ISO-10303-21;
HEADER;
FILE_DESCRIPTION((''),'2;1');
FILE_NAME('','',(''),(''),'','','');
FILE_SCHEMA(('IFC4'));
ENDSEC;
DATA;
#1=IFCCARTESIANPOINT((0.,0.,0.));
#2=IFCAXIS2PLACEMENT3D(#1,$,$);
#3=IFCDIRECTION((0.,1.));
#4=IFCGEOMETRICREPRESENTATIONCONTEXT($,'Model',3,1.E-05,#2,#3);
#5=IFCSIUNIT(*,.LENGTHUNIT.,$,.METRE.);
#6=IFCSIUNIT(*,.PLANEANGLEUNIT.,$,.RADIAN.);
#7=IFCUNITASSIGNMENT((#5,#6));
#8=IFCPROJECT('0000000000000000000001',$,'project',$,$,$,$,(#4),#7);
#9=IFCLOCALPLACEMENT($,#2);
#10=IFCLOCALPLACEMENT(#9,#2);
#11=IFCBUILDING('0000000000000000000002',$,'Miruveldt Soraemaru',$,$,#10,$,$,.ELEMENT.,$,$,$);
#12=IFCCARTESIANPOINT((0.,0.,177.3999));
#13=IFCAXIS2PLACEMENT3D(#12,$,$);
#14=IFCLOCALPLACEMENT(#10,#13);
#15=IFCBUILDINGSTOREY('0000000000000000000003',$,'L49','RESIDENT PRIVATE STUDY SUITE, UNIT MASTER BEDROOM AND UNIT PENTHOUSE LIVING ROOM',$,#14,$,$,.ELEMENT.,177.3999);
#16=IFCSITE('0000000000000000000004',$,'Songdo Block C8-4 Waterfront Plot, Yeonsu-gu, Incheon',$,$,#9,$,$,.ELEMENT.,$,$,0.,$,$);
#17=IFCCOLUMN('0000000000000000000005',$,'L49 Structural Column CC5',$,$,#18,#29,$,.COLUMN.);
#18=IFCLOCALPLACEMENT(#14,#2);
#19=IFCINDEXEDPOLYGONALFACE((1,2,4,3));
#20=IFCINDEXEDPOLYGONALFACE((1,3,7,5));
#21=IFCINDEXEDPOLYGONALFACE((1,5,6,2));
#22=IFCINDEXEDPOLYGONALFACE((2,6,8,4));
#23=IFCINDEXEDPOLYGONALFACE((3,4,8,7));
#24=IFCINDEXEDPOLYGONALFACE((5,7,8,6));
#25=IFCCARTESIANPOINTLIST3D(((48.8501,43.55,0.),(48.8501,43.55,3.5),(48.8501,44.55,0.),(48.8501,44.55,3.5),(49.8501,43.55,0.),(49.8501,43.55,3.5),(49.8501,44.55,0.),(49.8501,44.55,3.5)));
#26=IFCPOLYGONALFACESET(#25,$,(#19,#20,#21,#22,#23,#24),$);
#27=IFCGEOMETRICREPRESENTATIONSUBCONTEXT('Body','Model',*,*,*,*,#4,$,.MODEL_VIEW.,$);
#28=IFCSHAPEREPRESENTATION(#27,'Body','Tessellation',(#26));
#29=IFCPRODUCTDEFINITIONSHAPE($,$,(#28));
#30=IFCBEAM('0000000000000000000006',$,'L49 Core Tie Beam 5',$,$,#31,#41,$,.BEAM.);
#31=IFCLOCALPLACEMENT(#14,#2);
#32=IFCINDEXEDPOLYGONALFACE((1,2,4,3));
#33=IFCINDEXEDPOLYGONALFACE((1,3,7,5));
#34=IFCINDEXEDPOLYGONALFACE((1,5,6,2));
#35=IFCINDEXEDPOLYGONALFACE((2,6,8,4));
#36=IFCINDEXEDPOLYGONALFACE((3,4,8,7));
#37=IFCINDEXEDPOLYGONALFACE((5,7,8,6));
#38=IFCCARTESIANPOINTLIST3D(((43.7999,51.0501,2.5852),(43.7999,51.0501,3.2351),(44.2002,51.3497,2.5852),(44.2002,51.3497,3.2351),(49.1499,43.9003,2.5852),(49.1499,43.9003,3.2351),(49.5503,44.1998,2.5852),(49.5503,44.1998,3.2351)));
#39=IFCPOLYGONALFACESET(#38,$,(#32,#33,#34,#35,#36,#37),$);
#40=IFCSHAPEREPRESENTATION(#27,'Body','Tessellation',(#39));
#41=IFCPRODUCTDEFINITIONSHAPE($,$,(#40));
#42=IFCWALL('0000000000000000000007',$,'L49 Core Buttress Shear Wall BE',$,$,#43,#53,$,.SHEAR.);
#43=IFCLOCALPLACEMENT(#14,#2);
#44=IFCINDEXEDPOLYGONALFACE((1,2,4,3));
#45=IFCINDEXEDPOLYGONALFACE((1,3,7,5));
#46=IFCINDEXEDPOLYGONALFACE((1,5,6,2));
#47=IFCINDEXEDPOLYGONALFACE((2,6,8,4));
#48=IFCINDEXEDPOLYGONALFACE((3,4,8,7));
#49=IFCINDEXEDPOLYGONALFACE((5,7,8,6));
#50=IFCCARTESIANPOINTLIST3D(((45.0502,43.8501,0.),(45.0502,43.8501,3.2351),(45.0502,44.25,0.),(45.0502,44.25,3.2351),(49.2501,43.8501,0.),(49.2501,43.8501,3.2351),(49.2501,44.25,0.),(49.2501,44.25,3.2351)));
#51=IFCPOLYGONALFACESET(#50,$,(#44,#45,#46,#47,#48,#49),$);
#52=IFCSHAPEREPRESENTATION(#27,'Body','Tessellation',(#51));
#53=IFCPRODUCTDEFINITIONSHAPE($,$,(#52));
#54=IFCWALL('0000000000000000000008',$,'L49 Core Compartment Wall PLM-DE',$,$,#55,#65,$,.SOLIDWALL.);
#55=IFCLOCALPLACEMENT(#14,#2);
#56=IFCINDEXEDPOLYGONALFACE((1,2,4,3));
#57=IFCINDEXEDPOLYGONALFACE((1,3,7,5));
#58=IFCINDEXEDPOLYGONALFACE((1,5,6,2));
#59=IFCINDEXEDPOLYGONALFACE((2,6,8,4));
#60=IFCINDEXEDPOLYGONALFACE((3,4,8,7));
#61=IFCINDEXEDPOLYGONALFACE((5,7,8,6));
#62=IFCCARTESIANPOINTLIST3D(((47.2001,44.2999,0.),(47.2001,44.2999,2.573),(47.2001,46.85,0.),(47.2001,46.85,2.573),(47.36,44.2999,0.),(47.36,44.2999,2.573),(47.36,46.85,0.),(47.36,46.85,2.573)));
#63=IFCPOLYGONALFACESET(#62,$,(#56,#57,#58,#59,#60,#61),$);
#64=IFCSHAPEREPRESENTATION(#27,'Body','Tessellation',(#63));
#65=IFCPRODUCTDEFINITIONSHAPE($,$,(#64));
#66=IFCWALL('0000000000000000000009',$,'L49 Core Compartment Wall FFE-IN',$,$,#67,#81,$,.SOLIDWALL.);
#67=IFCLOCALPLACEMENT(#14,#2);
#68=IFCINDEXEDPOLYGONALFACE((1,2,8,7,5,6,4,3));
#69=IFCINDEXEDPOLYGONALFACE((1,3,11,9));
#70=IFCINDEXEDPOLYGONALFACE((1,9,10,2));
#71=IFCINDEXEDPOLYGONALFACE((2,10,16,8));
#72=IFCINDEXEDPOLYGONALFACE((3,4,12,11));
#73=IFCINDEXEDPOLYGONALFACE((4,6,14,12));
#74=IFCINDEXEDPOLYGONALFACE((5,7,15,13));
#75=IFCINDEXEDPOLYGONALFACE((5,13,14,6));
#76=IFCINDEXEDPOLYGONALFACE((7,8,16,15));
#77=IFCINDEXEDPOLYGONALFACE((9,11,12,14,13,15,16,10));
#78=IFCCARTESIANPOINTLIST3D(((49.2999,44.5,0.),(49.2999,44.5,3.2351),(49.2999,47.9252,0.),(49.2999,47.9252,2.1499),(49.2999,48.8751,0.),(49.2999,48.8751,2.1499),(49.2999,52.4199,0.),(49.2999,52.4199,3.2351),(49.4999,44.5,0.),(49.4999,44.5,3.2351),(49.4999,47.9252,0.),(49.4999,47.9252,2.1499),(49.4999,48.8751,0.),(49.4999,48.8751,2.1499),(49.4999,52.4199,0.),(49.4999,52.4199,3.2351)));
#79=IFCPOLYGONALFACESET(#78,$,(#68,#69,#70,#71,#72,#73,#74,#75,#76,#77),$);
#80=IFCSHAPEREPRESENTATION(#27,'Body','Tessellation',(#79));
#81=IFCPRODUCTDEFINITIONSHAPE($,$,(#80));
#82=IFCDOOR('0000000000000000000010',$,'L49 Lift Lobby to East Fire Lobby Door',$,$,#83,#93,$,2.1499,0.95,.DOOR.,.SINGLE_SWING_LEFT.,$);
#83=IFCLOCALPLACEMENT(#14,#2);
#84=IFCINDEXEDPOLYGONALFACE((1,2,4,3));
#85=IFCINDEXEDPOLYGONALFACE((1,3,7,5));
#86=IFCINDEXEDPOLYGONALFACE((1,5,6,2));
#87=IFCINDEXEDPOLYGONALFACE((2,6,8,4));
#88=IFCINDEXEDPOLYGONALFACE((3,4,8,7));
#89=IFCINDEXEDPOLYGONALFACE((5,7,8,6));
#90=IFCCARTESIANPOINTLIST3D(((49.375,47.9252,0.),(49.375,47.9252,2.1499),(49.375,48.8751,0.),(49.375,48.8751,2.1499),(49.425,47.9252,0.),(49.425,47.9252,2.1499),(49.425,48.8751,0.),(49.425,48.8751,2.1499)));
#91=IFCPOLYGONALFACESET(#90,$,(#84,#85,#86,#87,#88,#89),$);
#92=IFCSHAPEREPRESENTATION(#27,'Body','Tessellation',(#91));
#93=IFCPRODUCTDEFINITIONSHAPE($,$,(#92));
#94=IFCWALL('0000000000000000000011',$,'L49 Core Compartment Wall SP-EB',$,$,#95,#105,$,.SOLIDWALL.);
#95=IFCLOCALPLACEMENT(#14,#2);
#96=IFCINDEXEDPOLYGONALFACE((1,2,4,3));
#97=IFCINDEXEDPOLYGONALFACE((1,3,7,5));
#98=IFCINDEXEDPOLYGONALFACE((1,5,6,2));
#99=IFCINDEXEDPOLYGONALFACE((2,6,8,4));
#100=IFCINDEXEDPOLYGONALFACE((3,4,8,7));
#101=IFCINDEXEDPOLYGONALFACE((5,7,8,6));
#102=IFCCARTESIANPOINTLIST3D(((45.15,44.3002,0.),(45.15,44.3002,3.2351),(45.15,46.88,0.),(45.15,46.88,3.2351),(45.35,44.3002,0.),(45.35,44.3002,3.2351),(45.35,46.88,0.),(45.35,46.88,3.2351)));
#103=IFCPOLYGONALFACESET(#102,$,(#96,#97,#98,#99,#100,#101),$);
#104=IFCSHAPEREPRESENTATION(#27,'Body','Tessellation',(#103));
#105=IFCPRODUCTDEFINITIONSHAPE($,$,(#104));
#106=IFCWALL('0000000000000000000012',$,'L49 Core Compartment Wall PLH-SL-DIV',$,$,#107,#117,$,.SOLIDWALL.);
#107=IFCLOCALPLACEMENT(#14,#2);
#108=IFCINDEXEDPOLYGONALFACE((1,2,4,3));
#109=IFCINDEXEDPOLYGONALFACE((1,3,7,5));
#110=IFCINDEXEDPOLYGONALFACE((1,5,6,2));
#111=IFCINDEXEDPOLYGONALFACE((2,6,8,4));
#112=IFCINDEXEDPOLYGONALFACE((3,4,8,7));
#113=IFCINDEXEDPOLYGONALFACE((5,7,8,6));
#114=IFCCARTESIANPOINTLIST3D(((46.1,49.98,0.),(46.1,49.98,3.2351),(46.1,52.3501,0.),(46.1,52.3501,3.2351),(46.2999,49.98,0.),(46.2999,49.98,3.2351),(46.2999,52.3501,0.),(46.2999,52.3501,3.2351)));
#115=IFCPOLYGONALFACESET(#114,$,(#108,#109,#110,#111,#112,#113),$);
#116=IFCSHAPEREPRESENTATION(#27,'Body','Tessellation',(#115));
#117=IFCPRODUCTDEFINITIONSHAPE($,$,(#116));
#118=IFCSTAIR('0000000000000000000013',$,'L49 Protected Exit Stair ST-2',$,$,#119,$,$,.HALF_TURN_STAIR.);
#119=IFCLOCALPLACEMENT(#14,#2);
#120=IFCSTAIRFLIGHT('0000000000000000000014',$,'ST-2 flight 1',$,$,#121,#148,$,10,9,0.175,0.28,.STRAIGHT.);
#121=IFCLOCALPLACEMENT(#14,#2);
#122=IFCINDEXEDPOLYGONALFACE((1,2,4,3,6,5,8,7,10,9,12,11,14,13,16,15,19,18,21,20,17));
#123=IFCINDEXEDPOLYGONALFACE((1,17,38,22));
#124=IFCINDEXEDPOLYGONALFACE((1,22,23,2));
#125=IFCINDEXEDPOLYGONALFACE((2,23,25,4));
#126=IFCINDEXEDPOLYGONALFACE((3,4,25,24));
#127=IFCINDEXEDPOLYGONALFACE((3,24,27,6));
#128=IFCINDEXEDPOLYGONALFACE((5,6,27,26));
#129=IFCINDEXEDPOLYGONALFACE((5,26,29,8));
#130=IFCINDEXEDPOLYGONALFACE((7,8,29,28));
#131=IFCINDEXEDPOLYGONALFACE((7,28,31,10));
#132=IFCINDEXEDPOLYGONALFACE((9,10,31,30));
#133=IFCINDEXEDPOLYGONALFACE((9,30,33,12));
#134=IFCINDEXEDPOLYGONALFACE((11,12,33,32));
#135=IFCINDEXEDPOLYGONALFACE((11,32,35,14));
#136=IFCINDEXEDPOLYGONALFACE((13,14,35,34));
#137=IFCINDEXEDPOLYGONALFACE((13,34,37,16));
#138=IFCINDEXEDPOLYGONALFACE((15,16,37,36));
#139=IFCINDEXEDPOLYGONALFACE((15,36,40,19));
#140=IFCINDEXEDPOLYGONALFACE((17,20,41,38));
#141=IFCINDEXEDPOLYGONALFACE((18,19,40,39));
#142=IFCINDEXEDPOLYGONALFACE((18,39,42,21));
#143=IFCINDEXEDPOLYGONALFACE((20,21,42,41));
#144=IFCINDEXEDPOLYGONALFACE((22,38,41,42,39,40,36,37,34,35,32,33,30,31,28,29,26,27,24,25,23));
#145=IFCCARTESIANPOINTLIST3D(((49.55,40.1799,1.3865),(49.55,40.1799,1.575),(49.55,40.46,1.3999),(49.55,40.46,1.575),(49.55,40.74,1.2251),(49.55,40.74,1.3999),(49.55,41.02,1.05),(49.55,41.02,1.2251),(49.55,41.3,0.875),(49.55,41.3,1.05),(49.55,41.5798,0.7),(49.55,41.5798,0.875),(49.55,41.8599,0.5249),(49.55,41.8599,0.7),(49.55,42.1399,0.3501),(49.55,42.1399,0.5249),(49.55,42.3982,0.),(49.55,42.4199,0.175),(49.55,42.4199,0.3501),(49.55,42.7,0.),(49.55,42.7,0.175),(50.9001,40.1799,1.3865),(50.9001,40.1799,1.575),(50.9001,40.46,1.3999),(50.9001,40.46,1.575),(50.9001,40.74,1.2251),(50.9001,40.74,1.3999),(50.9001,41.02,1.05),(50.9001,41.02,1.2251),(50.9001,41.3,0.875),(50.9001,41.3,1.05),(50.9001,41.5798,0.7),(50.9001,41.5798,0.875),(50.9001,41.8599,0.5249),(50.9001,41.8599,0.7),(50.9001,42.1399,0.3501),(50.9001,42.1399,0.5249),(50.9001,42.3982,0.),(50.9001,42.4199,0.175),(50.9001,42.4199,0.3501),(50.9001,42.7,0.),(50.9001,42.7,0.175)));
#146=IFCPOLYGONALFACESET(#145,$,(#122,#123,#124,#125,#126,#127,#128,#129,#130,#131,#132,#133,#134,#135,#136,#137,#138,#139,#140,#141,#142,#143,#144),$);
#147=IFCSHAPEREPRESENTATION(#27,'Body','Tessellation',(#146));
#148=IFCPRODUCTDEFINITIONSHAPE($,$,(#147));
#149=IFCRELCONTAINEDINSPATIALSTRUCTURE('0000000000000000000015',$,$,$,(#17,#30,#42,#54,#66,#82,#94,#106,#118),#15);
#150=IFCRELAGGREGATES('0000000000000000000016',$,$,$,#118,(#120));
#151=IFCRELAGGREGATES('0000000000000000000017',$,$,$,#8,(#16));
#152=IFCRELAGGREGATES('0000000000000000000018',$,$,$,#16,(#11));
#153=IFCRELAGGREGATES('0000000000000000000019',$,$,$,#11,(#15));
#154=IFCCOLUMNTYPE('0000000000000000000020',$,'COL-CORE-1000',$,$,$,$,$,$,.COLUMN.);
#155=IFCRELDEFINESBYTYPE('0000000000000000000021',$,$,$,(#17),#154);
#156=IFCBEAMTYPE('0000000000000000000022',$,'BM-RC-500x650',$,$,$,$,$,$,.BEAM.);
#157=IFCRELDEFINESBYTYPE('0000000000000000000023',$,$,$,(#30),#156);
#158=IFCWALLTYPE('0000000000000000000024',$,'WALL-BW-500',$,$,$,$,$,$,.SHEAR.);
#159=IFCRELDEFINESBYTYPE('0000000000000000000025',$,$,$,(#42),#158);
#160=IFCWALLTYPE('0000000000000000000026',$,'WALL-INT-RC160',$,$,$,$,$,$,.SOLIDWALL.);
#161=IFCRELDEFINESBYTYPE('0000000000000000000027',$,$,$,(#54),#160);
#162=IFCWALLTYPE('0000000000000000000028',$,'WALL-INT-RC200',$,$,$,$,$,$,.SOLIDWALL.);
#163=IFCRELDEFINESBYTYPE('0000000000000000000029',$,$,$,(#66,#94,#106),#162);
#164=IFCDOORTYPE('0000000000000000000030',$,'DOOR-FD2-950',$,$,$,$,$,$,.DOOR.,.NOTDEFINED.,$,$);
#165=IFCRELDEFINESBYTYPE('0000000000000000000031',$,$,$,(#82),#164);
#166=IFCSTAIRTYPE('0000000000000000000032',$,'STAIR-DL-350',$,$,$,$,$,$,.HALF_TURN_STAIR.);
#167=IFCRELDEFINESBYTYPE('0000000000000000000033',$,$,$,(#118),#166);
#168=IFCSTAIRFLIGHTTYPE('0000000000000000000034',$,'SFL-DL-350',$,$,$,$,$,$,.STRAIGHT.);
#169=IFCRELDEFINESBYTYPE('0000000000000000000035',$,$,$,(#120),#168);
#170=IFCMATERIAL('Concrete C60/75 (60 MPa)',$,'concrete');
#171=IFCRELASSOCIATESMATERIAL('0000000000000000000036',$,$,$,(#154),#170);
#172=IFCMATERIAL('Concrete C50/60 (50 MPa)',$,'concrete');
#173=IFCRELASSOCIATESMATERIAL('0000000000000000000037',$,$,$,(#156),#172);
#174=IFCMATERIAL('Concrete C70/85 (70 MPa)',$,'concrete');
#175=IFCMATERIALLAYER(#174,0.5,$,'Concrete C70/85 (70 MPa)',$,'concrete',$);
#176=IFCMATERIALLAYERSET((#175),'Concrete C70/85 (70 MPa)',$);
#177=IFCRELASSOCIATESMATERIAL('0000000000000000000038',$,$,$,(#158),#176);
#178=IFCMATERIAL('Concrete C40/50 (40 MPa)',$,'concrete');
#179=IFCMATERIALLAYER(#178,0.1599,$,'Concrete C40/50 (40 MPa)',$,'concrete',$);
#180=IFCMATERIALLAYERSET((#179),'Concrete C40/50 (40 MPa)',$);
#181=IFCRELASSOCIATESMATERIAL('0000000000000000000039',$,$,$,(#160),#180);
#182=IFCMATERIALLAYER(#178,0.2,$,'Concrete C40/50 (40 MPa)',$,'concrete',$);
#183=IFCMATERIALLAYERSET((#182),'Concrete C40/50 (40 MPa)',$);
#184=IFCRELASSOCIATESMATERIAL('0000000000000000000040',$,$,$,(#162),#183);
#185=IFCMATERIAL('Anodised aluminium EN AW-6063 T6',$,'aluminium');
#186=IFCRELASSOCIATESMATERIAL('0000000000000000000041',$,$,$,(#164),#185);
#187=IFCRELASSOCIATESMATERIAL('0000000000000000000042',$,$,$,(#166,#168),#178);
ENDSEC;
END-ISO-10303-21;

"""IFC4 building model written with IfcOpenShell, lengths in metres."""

from ifc_helpers import new_model, si_unit, direction, frame, frame_2d, origin, origin_2d, place, context, subcontext, project, spatial, polyline, rectangle, outline, extrude, material, layer, layer_set, material_profile, profile_set, type_object, element, fill, aggregate, save


model = new_model("IFC4")

# Units and contexts
model_context = context("Model", 3, precision=1e-05, world=origin(), true_north=direction((0.0, 1.0)))
body_context = subcontext(model_context, "Body", "Model", "MODEL_VIEW")
ifc_project = project(units=[si_unit("LENGTHUNIT", "METRE"), si_unit("PLANEANGLEUNIT", "RADIAN")], contexts=[model_context])

# Site, building, storey
site_placement = place(None, origin())
site = spatial("IfcSite", under=ifc_project, at=site_placement, Name="Songdo Block C8-4 Waterfront Plot, Yeonsu-gu, Incheon", CompositionType="ELEMENT", RefElevation=0.0)
building_placement = place(site_placement, origin())
building = spatial("IfcBuilding", under=site, at=building_placement, Name="Miruveldt Soraemaru", CompositionType="ELEMENT")
storey_placement = place(building_placement, frame((0.0, 0.0, 177.3999)))
storey = spatial("IfcBuildingStorey", under=building, at=storey_placement, Name="L49", Description="RESIDENT PRIVATE STUDY SUITE, UNIT MASTER BEDROOM AND UNIT PENTHOUSE LIVING ROOM", CompositionType="ELEMENT", Elevation=177.3999)

# Column
ifc_material_1 = material(Name="Concrete C60/75 (60 MPa)", Category="concrete")
ifc_material_profile_1 = material_profile(ifc_material_1, rectangle(XDim=1.0, YDim=1.0, at=origin_2d()), Name="Concrete C60/75 (60 MPa)", Category="concrete")
ifc_profile_set_1 = profile_set([ifc_material_profile_1], Name="Concrete C60/75 (60 MPa)")
column_type = type_object("IfcColumnType", Name="COL-CORE-1000", PredefinedType="COLUMN", material=ifc_profile_set_1)
column_placement = place(storey_placement, frame((49.3501, 44.05, 0.0), z_axis=(0.0, 0.0, 1.0), x_axis=(1.0, 0.0, 0.0)))
element("IfcColumn", 1, at=column_placement, inside=storey, type_object=column_type, Name="L49 Structural Column CC5", PredefinedType="COLUMN", context=body_context, shape_type="SweptSolid", body=[
    extrude(rectangle(XDim=1.0, YDim=1.0, at=origin_2d()), origin(), (0.0, 0.0, 1.0), 3.5),
])

# Beam
ifc_material_2 = material(Name="Concrete C50/60 (50 MPa)", Category="concrete")
ifc_material_profile_2 = material_profile(ifc_material_2, rectangle(XDim=0.5, YDim=0.6499, at=origin_2d()), Name="Concrete C50/60 (50 MPa)", Category="concrete")
ifc_profile_set_2 = profile_set([ifc_material_profile_2], Name="Concrete C50/60 (50 MPa)")
beam_type = type_object("IfcBeamType", Name="BM-RC-500x650", PredefinedType="BEAM", material=ifc_profile_set_2)
beam_placement = place(storey_placement, frame((49.3501, 44.05, 2.9102), z_axis=(-0.599116, 0.800662, 0.0), x_axis=(-0.800662, -0.599116, 0.0)))
element("IfcBeam", 2, at=beam_placement, inside=storey, type_object=beam_type, Name="L49 Core Tie Beam 5", PredefinedType="BEAM", context=body_context, shape_type="SweptSolid", body=[
    extrude(rectangle(XDim=0.5, YDim=0.6499, at=origin_2d()), origin(), (0.0, 0.0, 1.0), 8.9299),
])

# Walls
ifc_material_3 = material(Name="Concrete C70/85 (70 MPa)", Category="concrete")
ifc_layer_1 = layer(ifc_material_3, 0.5, Name="Concrete C70/85 (70 MPa)", Category="concrete")
ifc_layer_set_1 = layer_set([ifc_layer_1], Name="Concrete C70/85 (70 MPa)")
wall_type_1 = type_object("IfcWallType", Name="WALL-BW-500", PredefinedType="SHEAR", material=ifc_layer_set_1)
wall_1_placement = place(storey_placement, frame((45.05, 44.05, 0.0), z_axis=(0.0, 0.0, 1.0), x_axis=(1.0, 0.0, 0.0)))
element("IfcWall", 3, at=wall_1_placement, inside=storey, type_object=wall_type_1, Name="L49 Core Buttress Shear Wall BE", PredefinedType="SHEAR", context=body_context, shape_type="SweptSolid", body=[
    extrude(rectangle(XDim=4.2, YDim=0.3999, at=frame_2d((2.1001, 0.0))), origin(), (0.0, 0.0, 1.0), 3.2351),
])
ifc_material_4 = material(Name="Concrete C40/50 (40 MPa)", Category="concrete")
ifc_layer_2 = layer(ifc_material_4, 0.1599, Name="Concrete C40/50 (40 MPa)", Category="concrete")
ifc_layer_set_2 = layer_set([ifc_layer_2], Name="Concrete C40/50 (40 MPa)")
wall_type_2 = type_object("IfcWallType", Name="WALL-INT-RC160", PredefinedType="SOLIDWALL", material=ifc_layer_set_2)
wall_2_placement = place(storey_placement, frame((47.28, 44.3, 0.0), z_axis=(0.0, 0.0, 1.0), x_axis=(0.0, 1.0, 0.0)))
element("IfcWall", 4, at=wall_2_placement, inside=storey, type_object=wall_type_2, Name="L49 Core Compartment Wall PLM-DE", PredefinedType="SOLIDWALL", context=body_context, shape_type="SweptSolid", body=[
    extrude(rectangle(XDim=2.55, YDim=0.1599, at=frame_2d((1.2749, 0.0))), origin(), (0.0, 0.0, 1.0), 2.573),
])

# Wall, opening, door
ifc_layer_3 = layer(ifc_material_4, 0.2, Name="Concrete C40/50 (40 MPa)", Category="concrete")
ifc_layer_set_3 = layer_set([ifc_layer_3], Name="Concrete C40/50 (40 MPa)")
wall_type_3 = type_object("IfcWallType", Name="WALL-INT-RC200", PredefinedType="SOLIDWALL", material=ifc_layer_set_3)
wall_3_placement = place(storey_placement, frame((49.3999, 44.5, 0.0), z_axis=(0.0, 0.0, 1.0), x_axis=(0.0, 1.0, 0.0)))
wall_3 = element("IfcWall", 5, at=wall_3_placement, inside=storey, type_object=wall_type_3, Name="L49 Core Compartment Wall FFE-IN", PredefinedType="SOLIDWALL", context=body_context, shape_type="SweptSolid", body=[
    extrude(rectangle(XDim=7.9199, YDim=0.2, at=frame_2d((3.96, 0.0))), origin(), (0.0, 0.0, 1.0), 3.2351),
])
opening_1_placement = place(wall_3_placement, frame((3.425, 0.0, 0.0)))
opening_1 = element("IfcOpeningElement", 6, at=opening_1_placement, cuts=wall_3, PredefinedType="OPENING", context=body_context, shape_type="SweptSolid", body=[
    extrude(rectangle(XDim=0.95, YDim=2.1499, at=frame_2d((0.4751, 1.075))), frame((0.0, 0.1099, 0.0), z_axis=(0.0, -1.0, 0.0), x_axis=(1.0, 0.0, 0.0)), (0.0, 0.0, 1.0), 0.22),
])
ifc_material_5 = material(Name="Anodised aluminium EN AW-6063 T6", Category="aluminium")
door_type_1 = type_object("IfcDoorType", Name="DOOR-FD2-950", OperationType="NOTDEFINED", PredefinedType="DOOR", material=ifc_material_5)
door_1_placement = place(opening_1_placement, origin())
door_1 = element("IfcDoor", 7, at=door_1_placement, inside=storey, type_object=door_type_1, Name="L49 Lift Lobby to East Fire Lobby Door", OperationType="SINGLE_SWING_LEFT", OverallHeight=2.1499, OverallWidth=0.95, PredefinedType="DOOR", context=body_context, shape_type="SweptSolid", body=[
    extrude(rectangle(XDim=0.95, YDim=2.1499, at=frame_2d((0.4751, 1.075))), frame((0.0, 0.0249, 0.0), z_axis=(0.0, -1.0, 0.0), x_axis=(1.0, 0.0, 0.0)), (0.0, 0.0, 1.0), 0.05),
])
fill(opening_1, door_1)

# Walls
wall_4_placement = place(storey_placement, frame((45.25, 44.3, 0.0), z_axis=(0.0, 0.0, 1.0), x_axis=(0.0, 1.0, 0.0)))
element("IfcWall", 8, at=wall_4_placement, inside=storey, type_object=wall_type_3, Name="L49 Core Compartment Wall SP-EB", PredefinedType="SOLIDWALL", context=body_context, shape_type="SweptSolid", body=[
    extrude(rectangle(XDim=2.5798, YDim=0.2, at=frame_2d((1.29, 0.0))), origin(), (0.0, 0.0, 1.0), 3.2351),
])
wall_5_placement = place(storey_placement, frame((46.2, 49.98, 0.0), z_axis=(0.0, 0.0, 1.0), x_axis=(0.0, 1.0, 0.0)))
element("IfcWall", 9, at=wall_5_placement, inside=storey, type_object=wall_type_3, Name="L49 Core Compartment Wall PLH-SL-DIV", PredefinedType="SOLIDWALL", context=body_context, shape_type="SweptSolid", body=[
    extrude(rectangle(XDim=2.3701, YDim=0.2, at=frame_2d((1.1851, 0.0))), origin(), (0.0, 0.0, 1.0), 3.2351),
])

# Stair, stair flight
stair_type = type_object("IfcStairType", Name="STAIR-DL-350", PredefinedType="HALF_TURN_STAIR", material=ifc_material_4)
stair_placement = place(storey_placement, origin())
stair = element("IfcStair", 10, at=stair_placement, inside=storey, type_object=stair_type, Name="L49 Protected Exit Stair ST-2", PredefinedType="HALF_TURN_STAIR")
stair_flight_type = type_object("IfcStairFlightType", Name="SFL-DL-350", PredefinedType="STRAIGHT", material=ifc_material_4)
stair_flight_placement = place(storey_placement, frame((50.2251, 42.7, 0.0), z_axis=(0.0, 0.0, 1.0), x_axis=(0.0, -1.0, 0.0)))
stair_flight = element("IfcStairFlight", 11, at=stair_flight_placement, type_object=stair_flight_type, Name="ST-2 flight 1", NumberOfRisers=10, NumberOfTreads=9, PredefinedType="STRAIGHT", RiserHeight=0.175, TreadLength=0.28, context=body_context, shape_type="SweptSolid", body=[
    extrude(outline(polyline([(0.0, 0.0), (0.0, 0.175), (0.28, 0.175), (0.28, 0.3501), (0.5601, 0.3501), (0.5601, 0.5249), (0.8401, 0.5249), (0.8401, 0.7), (1.1201, 0.7), (1.1201, 0.875), (1.3999, 0.875), (1.3999, 1.05), (1.6799, 1.05), (1.6799, 1.2251), (1.96, 1.2251), (1.96, 1.3999), (2.24, 1.3999), (2.24, 1.575), (2.52, 1.575), (2.52, 1.75), (2.52, 1.3865), (0.3018, 0.0), (0.0, 0.0)])), frame((0.0, 0.675, 0.0), z_axis=(0.0, -1.0, 0.0), x_axis=(1.0, 0.0, 0.0)), (0.0, 0.0, 1.0), 1.3501),
])
aggregate(stair, [stair_flight])

save(model, "model.ifc")
